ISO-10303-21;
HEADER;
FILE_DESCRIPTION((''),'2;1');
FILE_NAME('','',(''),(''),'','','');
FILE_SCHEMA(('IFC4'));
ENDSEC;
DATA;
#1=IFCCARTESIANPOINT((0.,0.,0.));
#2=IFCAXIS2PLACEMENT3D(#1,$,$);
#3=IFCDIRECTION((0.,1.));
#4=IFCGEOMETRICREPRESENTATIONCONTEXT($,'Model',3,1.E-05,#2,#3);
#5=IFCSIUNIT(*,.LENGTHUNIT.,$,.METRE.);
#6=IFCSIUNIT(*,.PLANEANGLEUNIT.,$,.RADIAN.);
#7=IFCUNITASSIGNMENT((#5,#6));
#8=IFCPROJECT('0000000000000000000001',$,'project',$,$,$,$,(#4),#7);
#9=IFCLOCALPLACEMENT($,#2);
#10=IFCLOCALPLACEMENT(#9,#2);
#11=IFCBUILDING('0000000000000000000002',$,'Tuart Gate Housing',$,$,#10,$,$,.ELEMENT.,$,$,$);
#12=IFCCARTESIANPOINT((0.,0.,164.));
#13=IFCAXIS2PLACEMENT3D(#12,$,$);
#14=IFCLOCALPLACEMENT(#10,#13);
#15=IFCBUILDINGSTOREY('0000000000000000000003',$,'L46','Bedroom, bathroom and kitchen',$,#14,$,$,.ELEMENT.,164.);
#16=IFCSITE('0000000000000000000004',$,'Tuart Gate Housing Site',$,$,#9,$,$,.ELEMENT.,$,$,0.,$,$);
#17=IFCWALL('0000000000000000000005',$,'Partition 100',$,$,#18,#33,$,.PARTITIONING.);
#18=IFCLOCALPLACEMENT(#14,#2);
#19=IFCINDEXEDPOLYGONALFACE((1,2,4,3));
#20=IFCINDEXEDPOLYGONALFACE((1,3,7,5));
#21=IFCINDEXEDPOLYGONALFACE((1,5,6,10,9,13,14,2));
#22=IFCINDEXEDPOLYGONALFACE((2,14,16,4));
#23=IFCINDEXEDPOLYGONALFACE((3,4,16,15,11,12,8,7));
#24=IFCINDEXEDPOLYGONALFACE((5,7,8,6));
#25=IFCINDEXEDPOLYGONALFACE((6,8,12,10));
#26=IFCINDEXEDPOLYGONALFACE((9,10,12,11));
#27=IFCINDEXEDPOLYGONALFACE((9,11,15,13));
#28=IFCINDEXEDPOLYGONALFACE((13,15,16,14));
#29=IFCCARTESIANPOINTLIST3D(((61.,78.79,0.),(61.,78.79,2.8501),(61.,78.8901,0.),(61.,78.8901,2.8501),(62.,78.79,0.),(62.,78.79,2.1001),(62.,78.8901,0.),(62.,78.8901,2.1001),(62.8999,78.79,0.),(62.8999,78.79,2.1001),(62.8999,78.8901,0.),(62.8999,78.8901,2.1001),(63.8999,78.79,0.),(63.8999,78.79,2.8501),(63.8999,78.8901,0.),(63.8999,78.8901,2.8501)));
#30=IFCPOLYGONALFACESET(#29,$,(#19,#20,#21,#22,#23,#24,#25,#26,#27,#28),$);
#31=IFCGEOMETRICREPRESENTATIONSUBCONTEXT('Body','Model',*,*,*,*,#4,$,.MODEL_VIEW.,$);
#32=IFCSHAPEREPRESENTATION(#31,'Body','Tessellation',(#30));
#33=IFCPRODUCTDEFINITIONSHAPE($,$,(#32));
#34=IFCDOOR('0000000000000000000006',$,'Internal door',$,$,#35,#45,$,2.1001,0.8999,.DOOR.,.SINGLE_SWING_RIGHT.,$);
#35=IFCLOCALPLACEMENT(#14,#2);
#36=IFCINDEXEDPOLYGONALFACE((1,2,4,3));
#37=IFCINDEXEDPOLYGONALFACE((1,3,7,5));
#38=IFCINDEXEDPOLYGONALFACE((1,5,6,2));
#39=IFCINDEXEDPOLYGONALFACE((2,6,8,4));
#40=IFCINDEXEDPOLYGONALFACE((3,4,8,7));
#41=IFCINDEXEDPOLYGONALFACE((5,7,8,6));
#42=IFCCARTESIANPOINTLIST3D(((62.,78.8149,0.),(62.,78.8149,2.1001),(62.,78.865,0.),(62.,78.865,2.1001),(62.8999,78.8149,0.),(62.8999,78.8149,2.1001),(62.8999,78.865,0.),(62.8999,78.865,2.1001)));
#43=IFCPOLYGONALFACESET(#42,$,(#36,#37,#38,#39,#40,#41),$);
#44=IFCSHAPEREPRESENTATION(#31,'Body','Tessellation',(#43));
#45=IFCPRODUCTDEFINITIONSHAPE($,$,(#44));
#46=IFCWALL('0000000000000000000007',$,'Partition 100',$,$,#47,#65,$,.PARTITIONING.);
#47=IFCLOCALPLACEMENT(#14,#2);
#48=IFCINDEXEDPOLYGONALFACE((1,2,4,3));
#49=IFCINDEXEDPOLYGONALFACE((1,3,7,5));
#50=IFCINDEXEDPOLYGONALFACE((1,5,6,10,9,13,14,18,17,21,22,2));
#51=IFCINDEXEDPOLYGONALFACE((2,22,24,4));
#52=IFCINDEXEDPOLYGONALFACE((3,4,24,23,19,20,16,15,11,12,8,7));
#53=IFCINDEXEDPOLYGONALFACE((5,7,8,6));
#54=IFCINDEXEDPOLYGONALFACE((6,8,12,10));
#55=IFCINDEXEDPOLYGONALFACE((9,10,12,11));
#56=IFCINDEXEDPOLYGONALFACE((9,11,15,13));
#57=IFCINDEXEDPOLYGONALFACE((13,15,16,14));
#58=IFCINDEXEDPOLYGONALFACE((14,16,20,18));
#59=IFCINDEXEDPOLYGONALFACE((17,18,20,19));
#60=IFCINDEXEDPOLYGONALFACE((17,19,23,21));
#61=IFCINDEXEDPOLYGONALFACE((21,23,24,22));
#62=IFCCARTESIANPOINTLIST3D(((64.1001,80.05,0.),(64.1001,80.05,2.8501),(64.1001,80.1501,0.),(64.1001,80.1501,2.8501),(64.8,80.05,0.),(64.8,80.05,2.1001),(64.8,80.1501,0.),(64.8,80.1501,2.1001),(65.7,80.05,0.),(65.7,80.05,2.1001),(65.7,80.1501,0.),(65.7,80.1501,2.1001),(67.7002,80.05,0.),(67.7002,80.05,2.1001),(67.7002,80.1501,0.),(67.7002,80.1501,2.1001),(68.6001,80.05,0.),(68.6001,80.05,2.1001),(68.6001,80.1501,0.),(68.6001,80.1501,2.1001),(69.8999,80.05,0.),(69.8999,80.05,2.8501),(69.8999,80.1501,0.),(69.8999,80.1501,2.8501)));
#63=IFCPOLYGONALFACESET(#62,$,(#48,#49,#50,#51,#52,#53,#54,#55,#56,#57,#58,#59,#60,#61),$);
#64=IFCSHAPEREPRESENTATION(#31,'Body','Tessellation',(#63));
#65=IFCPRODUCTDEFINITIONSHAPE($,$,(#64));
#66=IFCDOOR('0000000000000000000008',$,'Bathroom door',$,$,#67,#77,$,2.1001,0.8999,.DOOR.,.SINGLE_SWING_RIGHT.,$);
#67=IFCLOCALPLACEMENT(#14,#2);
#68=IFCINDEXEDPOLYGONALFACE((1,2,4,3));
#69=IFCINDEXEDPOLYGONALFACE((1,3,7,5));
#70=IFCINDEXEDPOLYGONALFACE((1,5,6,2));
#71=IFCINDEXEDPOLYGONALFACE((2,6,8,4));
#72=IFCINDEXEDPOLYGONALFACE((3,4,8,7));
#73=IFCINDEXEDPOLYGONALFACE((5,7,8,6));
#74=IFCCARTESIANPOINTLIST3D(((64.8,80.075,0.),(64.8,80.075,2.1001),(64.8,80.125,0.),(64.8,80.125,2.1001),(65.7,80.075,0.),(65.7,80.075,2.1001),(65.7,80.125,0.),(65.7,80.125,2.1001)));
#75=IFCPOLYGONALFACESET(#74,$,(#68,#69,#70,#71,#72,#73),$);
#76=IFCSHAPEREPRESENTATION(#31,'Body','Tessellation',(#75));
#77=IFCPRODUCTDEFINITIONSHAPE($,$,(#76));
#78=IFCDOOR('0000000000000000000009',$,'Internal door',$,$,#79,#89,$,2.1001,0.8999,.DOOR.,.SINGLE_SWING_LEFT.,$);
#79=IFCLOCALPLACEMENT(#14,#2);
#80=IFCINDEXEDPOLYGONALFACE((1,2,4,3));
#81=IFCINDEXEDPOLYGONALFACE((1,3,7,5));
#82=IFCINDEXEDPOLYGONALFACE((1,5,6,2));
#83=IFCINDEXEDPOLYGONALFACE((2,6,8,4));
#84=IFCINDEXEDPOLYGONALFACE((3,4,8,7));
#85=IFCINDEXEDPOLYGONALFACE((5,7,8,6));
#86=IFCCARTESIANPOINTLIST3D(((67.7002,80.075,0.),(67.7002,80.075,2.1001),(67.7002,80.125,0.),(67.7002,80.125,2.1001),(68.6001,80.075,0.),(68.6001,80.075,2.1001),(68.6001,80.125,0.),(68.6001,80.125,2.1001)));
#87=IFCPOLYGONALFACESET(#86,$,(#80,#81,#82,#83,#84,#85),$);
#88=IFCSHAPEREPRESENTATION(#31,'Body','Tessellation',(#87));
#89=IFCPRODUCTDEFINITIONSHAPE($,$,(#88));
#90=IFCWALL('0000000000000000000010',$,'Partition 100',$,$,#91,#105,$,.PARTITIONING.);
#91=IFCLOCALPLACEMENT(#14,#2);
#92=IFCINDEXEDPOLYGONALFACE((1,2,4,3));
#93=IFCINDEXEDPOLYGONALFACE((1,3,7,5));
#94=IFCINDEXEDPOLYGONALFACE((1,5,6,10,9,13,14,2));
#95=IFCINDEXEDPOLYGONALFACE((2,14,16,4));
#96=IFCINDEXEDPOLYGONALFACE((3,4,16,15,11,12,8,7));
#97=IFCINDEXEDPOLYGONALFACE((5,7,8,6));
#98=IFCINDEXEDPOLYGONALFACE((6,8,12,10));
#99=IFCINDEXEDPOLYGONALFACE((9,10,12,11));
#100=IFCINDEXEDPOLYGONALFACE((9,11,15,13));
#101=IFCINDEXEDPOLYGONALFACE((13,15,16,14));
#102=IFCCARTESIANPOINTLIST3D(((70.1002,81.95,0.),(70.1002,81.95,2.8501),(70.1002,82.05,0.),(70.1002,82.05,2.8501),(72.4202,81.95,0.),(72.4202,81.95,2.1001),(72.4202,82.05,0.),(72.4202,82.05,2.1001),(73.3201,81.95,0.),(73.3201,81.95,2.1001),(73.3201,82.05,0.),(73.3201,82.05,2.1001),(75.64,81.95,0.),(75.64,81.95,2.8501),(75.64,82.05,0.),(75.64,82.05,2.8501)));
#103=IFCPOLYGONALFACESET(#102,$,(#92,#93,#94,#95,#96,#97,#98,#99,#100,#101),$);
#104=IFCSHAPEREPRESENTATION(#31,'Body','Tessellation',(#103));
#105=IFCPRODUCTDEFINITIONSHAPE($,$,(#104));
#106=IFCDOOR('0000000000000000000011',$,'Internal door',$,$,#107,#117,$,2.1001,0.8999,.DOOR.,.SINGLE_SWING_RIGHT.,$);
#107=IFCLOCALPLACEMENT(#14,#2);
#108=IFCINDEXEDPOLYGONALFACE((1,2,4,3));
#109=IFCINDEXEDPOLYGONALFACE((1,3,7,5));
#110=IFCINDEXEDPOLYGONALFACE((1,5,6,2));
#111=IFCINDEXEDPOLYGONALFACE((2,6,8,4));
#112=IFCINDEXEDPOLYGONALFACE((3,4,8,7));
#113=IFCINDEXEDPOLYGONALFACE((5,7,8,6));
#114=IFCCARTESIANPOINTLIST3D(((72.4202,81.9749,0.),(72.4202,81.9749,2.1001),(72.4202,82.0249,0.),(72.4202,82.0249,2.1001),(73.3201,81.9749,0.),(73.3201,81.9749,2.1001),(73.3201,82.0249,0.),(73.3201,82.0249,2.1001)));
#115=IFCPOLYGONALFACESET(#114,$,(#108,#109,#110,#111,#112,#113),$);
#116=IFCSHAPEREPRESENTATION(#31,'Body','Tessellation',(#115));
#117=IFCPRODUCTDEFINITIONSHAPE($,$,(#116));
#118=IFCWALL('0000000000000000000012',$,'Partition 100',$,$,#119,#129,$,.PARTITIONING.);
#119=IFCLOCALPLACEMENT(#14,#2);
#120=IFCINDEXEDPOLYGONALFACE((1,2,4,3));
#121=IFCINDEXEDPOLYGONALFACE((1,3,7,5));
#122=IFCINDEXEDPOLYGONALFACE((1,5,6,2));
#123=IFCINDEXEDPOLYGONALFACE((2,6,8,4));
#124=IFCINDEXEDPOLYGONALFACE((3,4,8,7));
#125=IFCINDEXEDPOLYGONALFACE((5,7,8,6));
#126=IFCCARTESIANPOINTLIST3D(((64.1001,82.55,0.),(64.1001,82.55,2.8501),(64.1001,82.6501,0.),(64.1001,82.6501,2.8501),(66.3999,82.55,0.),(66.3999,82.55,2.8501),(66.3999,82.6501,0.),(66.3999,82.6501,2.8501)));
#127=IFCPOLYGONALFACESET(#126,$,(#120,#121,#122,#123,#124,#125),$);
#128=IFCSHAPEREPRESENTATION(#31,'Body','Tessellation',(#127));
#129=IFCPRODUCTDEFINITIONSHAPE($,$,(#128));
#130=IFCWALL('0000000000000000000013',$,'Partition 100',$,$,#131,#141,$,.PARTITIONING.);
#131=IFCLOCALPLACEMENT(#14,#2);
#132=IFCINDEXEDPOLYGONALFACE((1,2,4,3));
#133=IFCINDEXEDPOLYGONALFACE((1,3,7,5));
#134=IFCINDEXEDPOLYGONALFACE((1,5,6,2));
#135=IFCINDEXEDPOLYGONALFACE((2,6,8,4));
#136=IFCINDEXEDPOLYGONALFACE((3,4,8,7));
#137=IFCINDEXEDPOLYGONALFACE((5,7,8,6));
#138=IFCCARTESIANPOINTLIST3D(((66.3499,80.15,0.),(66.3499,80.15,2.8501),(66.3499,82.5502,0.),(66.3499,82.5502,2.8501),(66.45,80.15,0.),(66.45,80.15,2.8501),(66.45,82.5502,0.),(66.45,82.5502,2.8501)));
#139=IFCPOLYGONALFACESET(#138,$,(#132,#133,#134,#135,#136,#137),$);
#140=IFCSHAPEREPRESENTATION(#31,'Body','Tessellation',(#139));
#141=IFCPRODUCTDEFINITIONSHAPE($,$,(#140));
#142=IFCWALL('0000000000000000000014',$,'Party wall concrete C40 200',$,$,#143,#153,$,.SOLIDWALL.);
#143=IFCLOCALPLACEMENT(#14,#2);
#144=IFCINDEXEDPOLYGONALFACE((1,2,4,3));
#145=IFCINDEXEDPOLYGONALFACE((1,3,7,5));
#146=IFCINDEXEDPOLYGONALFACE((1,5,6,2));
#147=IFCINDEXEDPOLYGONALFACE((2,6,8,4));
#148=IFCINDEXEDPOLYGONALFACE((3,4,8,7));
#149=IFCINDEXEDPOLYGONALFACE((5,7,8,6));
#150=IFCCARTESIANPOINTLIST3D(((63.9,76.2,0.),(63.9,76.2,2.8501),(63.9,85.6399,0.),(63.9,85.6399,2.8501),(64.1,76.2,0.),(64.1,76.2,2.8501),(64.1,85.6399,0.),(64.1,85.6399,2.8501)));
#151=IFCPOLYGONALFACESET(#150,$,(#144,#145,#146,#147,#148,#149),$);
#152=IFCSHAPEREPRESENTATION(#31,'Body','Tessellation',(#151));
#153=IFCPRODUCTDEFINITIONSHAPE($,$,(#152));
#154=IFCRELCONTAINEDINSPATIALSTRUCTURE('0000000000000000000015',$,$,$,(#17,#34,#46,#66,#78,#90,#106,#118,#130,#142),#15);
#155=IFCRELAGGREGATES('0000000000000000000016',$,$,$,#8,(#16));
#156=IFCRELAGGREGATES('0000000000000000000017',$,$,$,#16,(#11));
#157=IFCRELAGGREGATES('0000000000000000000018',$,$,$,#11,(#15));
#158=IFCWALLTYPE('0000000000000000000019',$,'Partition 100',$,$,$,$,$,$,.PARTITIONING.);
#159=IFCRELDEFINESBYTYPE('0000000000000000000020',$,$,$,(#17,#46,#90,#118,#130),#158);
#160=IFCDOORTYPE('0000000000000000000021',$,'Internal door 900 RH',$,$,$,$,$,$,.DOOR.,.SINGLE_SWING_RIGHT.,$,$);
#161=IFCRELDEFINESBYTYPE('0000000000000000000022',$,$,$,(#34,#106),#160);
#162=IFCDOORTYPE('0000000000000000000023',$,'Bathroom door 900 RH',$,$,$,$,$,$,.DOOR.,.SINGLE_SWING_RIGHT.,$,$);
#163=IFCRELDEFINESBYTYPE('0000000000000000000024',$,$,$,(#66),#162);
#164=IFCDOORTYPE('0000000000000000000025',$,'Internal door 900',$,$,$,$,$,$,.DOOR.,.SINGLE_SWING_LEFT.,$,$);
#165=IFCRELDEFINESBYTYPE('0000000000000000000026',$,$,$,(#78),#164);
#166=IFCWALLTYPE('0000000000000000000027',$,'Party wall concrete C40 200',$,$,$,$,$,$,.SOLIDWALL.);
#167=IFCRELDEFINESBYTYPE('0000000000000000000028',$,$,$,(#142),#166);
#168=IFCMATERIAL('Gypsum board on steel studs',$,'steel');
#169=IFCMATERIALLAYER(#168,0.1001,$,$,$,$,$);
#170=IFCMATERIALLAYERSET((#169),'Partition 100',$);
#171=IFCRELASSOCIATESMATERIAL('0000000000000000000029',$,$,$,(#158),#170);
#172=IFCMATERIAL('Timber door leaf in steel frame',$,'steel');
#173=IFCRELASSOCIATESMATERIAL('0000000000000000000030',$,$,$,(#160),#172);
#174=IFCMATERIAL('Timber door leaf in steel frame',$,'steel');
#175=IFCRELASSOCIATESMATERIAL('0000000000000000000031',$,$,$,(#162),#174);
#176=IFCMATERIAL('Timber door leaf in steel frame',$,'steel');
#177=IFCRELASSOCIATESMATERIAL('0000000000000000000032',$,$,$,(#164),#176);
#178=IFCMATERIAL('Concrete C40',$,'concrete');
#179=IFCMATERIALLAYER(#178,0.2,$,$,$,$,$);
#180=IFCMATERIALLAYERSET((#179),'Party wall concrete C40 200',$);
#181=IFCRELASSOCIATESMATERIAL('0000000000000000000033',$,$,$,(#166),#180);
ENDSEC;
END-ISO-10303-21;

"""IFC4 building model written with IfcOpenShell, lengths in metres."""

from ifc_helpers import new_model, si_unit, direction, frame, frame_2d, origin, place, context, subcontext, project, spatial, rectangle, extrude, material, layer, layer_set, type_object, element, fill, save


model = new_model("IFC4")

# Units and contexts
model_context = context("Model", 3, precision=1e-05, world=origin(), true_north=direction((0.0, 1.0)))
body_context = subcontext(model_context, "Body", "Model", "MODEL_VIEW")
ifc_project = project(units=[si_unit("LENGTHUNIT", "METRE"), si_unit("PLANEANGLEUNIT", "RADIAN")], contexts=[model_context])

# Site, building, storey
site_placement = place(None, origin())
site = spatial("IfcSite", under=ifc_project, at=site_placement, Name="Tuart Gate Housing Site", CompositionType="ELEMENT", RefElevation=0.0)
building_placement = place(site_placement, origin())
building = spatial("IfcBuilding", under=site, at=building_placement, Name="Tuart Gate Housing", CompositionType="ELEMENT")
storey_placement = place(building_placement, frame((0.0, 0.0, 164.0)))
storey = spatial("IfcBuildingStorey", under=building, at=storey_placement, Name="L46", Description="Bedroom, bathroom and kitchen", CompositionType="ELEMENT", Elevation=164.0)

# Wall, opening, door
ifc_material_1 = material(Name="Gypsum board on steel studs", Category="steel")
ifc_layer_1 = layer(ifc_material_1, 0.1001)
ifc_layer_set_1 = layer_set([ifc_layer_1], Name="Partition 100")
wall_type_1 = type_object("IfcWallType", Name="Partition 100", PredefinedType="PARTITIONING", material=ifc_layer_set_1)
wall_1_placement = place(storey_placement, frame((61.0, 78.8401, 0.0), z_axis=(0.0, 0.0, 1.0), x_axis=(1.0, 0.0, 0.0)))
wall_1 = element("IfcWall", 1, at=wall_1_placement, inside=storey, type_object=wall_type_1, Name="Partition 100", PredefinedType="PARTITIONING", context=body_context, shape_type="SweptSolid", body=[
    extrude(rectangle(XDim=2.8999, YDim=0.1001, at=frame_2d((1.45, 0.0))), origin(), (0.0, 0.0, 1.0), 2.8501),
])
opening_1_placement = place(wall_1_placement, frame((1.0, 0.0, 0.0)))
opening_1 = element("IfcOpeningElement", 2, at=opening_1_placement, cuts=wall_1, PredefinedType="OPENING", context=body_context, shape_type="SweptSolid", body=[
    extrude(rectangle(XDim=0.8999, YDim=2.1001, at=frame_2d((0.45, 1.05))), frame((0.0, 0.0601, 0.0), z_axis=(0.0, -1.0, 0.0), x_axis=(1.0, 0.0, 0.0)), (0.0, 0.0, 1.0), 0.1201),
])
ifc_material_2 = material(Name="Timber door leaf in steel frame", Category="steel")
door_type_1 = type_object("IfcDoorType", Name="Internal door 900 RH", OperationType="SINGLE_SWING_RIGHT", PredefinedType="DOOR", material=ifc_material_2)
door_1_placement = place(opening_1_placement, frame((0.8999, 0.0, 0.0), z_axis=(0.0, 0.0, 1.0), x_axis=(-1.0, 0.0, 0.0)))
door_1 = element("IfcDoor", 3, at=door_1_placement, inside=storey, type_object=door_type_1, Name="Internal door", OperationType="SINGLE_SWING_RIGHT", OverallHeight=2.1001, OverallWidth=0.8999, PredefinedType="DOOR", context=body_context, shape_type="SweptSolid", body=[
    extrude(rectangle(XDim=0.8999, YDim=2.1001, at=frame_2d((0.45, 1.05))), frame((0.0, 0.0251, 0.0), z_axis=(0.0, -1.0, 0.0), x_axis=(1.0, 0.0, 0.0)), (0.0, 0.0, 1.0), 0.05),
])
fill(opening_1, door_1)

# Wall, openings, doors
wall_2_placement = place(storey_placement, frame((64.1001, 80.1001, 0.0), z_axis=(0.0, 0.0, 1.0), x_axis=(1.0, 0.0, 0.0)))
wall_2 = element("IfcWall", 4, at=wall_2_placement, inside=storey, type_object=wall_type_1, Name="Partition 100", PredefinedType="PARTITIONING", context=body_context, shape_type="SweptSolid", body=[
    extrude(rectangle(XDim=5.7998, YDim=0.1001, at=frame_2d((2.8999, 0.0))), origin(), (0.0, 0.0, 1.0), 2.8501),
])
opening_2_placement = place(wall_2_placement, frame((3.6001, 0.0, 0.0)))
opening_2 = element("IfcOpeningElement", 5, at=opening_2_placement, cuts=wall_2, PredefinedType="OPENING", context=body_context, shape_type="SweptSolid", body=[
    extrude(rectangle(XDim=0.8999, YDim=2.1001, at=frame_2d((0.45, 1.05))), frame((0.0, 0.0601, 0.0), z_axis=(0.0, -1.0, 0.0), x_axis=(1.0, 0.0, 0.0)), (0.0, 0.0, 1.0), 0.1201),
])
opening_3_placement = place(wall_2_placement, frame((0.7, 0.0, 0.0)))
opening_3 = element("IfcOpeningElement", 6, at=opening_3_placement, cuts=wall_2, PredefinedType="OPENING", context=body_context, shape_type="SweptSolid", body=[
    extrude(rectangle(XDim=0.8999, YDim=2.1001, at=frame_2d((0.45, 1.05))), frame((0.0, 0.0601, 0.0), z_axis=(0.0, -1.0, 0.0), x_axis=(1.0, 0.0, 0.0)), (0.0, 0.0, 1.0), 0.1201),
])
ifc_material_3 = material(Name="Timber door leaf in steel frame", Category="steel")
door_type_2 = type_object("IfcDoorType", Name="Bathroom door 900 RH", OperationType="SINGLE_SWING_RIGHT", PredefinedType="DOOR", material=ifc_material_3)
door_2_placement = place(opening_3_placement, origin())
door_2 = element("IfcDoor", 7, at=door_2_placement, inside=storey, type_object=door_type_2, Name="Bathroom door", OperationType="SINGLE_SWING_RIGHT", OverallHeight=2.1001, OverallWidth=0.8999, PredefinedType="DOOR", context=body_context, shape_type="SweptSolid", body=[
    extrude(rectangle(XDim=0.8999, YDim=2.1001, at=frame_2d((0.45, 1.05))), frame((0.0, 0.0249, 0.0), z_axis=(0.0, -1.0, 0.0), x_axis=(1.0, 0.0, 0.0)), (0.0, 0.0, 1.0), 0.05),
])
fill(opening_3, door_2)
ifc_material_4 = material(Name="Timber door leaf in steel frame", Category="steel")
door_type_3 = type_object("IfcDoorType", Name="Internal door 900", OperationType="SINGLE_SWING_LEFT", PredefinedType="DOOR", material=ifc_material_4)
door_3_placement = place(opening_2_placement, origin())
door_3 = element("IfcDoor", 8, at=door_3_placement, inside=storey, type_object=door_type_3, Name="Internal door", OperationType="SINGLE_SWING_LEFT", OverallHeight=2.1001, OverallWidth=0.8999, PredefinedType="DOOR", context=body_context, shape_type="SweptSolid", body=[
    extrude(rectangle(XDim=0.8999, YDim=2.1001, at=frame_2d((0.45, 1.05))), frame((0.0, 0.0249, 0.0), z_axis=(0.0, -1.0, 0.0), x_axis=(1.0, 0.0, 0.0)), (0.0, 0.0, 1.0), 0.05),
])
fill(opening_2, door_3)

# Wall, opening, door
wall_3_placement = place(storey_placement, frame((70.1001, 82.0, 0.0), z_axis=(0.0, 0.0, 1.0), x_axis=(1.0, 0.0, 0.0)))
wall_3 = element("IfcWall", 9, at=wall_3_placement, inside=storey, type_object=wall_type_1, Name="Partition 100", PredefinedType="PARTITIONING", context=body_context, shape_type="SweptSolid", body=[
    extrude(rectangle(XDim=5.5398, YDim=0.1001, at=frame_2d((2.77, 0.0))), origin(), (0.0, 0.0, 1.0), 2.8501),
])
opening_4_placement = place(wall_3_placement, frame((2.3201, 0.0, 0.0)))
opening_4 = element("IfcOpeningElement", 10, at=opening_4_placement, cuts=wall_3, PredefinedType="OPENING", context=body_context, shape_type="SweptSolid", body=[
    extrude(rectangle(XDim=0.8999, YDim=2.1001, at=frame_2d((0.45, 1.05))), frame((0.0, 0.0601, 0.0), z_axis=(0.0, -1.0, 0.0), x_axis=(1.0, 0.0, 0.0)), (0.0, 0.0, 1.0), 0.1201),
])
door_4_placement = place(opening_4_placement, origin())
door_4 = element("IfcDoor", 11, at=door_4_placement, inside=storey, type_object=door_type_1, Name="Internal door", OperationType="SINGLE_SWING_RIGHT", OverallHeight=2.1001, OverallWidth=0.8999, PredefinedType="DOOR", context=body_context, shape_type="SweptSolid", body=[
    extrude(rectangle(XDim=0.8999, YDim=2.1001, at=frame_2d((0.45, 1.05))), frame((0.0, 0.0249, 0.0), z_axis=(0.0, -1.0, 0.0), x_axis=(1.0, 0.0, 0.0)), (0.0, 0.0, 1.0), 0.05),
])
fill(opening_4, door_4)

# Walls
wall_4_placement = place(storey_placement, frame((64.1001, 82.6001, 0.0), z_axis=(0.0, 0.0, 1.0), x_axis=(1.0, 0.0, 0.0)))
element("IfcWall", 12, at=wall_4_placement, inside=storey, type_object=wall_type_1, Name="Partition 100", PredefinedType="PARTITIONING", context=body_context, shape_type="SweptSolid", body=[
    extrude(rectangle(XDim=2.2998, YDim=0.1001, at=frame_2d((1.1499, 0.0))), origin(), (0.0, 0.0, 1.0), 2.8501),
])
wall_5_placement = place(storey_placement, frame((66.3999, 80.1499, 0.0), z_axis=(0.0, 0.0, 1.0), x_axis=(0.0, 1.0, 0.0)))
element("IfcWall", 13, at=wall_5_placement, inside=storey, type_object=wall_type_1, Name="Partition 100", PredefinedType="PARTITIONING", context=body_context, shape_type="SweptSolid", body=[
    extrude(rectangle(XDim=2.4001, YDim=0.1001, at=frame_2d((1.2002, 0.0))), origin(), (0.0, 0.0, 1.0), 2.8501),
])
ifc_material_5 = material(Name="Concrete C40", Category="concrete")
ifc_layer_2 = layer(ifc_material_5, 0.2)
ifc_layer_set_2 = layer_set([ifc_layer_2], Name="Party wall concrete C40 200")
wall_type_2 = type_object("IfcWallType", Name="Party wall concrete C40 200", PredefinedType="SOLIDWALL", material=ifc_layer_set_2)
wall_6_placement = place(storey_placement, frame((64.0, 76.2, 0.0), z_axis=(0.0, 0.0, 1.0), x_axis=(0.0, 1.0, 0.0)))
element("IfcWall", 14, at=wall_6_placement, inside=storey, type_object=wall_type_2, Name="Party wall concrete C40 200", PredefinedType="SOLIDWALL", context=body_context, shape_type="SweptSolid", body=[
    extrude(rectangle(XDim=9.4399, YDim=0.2, at=frame_2d((4.72, 0.0))), origin(), (0.0, 0.0, 1.0), 2.8501),
])

save(model, "model.ifc")
